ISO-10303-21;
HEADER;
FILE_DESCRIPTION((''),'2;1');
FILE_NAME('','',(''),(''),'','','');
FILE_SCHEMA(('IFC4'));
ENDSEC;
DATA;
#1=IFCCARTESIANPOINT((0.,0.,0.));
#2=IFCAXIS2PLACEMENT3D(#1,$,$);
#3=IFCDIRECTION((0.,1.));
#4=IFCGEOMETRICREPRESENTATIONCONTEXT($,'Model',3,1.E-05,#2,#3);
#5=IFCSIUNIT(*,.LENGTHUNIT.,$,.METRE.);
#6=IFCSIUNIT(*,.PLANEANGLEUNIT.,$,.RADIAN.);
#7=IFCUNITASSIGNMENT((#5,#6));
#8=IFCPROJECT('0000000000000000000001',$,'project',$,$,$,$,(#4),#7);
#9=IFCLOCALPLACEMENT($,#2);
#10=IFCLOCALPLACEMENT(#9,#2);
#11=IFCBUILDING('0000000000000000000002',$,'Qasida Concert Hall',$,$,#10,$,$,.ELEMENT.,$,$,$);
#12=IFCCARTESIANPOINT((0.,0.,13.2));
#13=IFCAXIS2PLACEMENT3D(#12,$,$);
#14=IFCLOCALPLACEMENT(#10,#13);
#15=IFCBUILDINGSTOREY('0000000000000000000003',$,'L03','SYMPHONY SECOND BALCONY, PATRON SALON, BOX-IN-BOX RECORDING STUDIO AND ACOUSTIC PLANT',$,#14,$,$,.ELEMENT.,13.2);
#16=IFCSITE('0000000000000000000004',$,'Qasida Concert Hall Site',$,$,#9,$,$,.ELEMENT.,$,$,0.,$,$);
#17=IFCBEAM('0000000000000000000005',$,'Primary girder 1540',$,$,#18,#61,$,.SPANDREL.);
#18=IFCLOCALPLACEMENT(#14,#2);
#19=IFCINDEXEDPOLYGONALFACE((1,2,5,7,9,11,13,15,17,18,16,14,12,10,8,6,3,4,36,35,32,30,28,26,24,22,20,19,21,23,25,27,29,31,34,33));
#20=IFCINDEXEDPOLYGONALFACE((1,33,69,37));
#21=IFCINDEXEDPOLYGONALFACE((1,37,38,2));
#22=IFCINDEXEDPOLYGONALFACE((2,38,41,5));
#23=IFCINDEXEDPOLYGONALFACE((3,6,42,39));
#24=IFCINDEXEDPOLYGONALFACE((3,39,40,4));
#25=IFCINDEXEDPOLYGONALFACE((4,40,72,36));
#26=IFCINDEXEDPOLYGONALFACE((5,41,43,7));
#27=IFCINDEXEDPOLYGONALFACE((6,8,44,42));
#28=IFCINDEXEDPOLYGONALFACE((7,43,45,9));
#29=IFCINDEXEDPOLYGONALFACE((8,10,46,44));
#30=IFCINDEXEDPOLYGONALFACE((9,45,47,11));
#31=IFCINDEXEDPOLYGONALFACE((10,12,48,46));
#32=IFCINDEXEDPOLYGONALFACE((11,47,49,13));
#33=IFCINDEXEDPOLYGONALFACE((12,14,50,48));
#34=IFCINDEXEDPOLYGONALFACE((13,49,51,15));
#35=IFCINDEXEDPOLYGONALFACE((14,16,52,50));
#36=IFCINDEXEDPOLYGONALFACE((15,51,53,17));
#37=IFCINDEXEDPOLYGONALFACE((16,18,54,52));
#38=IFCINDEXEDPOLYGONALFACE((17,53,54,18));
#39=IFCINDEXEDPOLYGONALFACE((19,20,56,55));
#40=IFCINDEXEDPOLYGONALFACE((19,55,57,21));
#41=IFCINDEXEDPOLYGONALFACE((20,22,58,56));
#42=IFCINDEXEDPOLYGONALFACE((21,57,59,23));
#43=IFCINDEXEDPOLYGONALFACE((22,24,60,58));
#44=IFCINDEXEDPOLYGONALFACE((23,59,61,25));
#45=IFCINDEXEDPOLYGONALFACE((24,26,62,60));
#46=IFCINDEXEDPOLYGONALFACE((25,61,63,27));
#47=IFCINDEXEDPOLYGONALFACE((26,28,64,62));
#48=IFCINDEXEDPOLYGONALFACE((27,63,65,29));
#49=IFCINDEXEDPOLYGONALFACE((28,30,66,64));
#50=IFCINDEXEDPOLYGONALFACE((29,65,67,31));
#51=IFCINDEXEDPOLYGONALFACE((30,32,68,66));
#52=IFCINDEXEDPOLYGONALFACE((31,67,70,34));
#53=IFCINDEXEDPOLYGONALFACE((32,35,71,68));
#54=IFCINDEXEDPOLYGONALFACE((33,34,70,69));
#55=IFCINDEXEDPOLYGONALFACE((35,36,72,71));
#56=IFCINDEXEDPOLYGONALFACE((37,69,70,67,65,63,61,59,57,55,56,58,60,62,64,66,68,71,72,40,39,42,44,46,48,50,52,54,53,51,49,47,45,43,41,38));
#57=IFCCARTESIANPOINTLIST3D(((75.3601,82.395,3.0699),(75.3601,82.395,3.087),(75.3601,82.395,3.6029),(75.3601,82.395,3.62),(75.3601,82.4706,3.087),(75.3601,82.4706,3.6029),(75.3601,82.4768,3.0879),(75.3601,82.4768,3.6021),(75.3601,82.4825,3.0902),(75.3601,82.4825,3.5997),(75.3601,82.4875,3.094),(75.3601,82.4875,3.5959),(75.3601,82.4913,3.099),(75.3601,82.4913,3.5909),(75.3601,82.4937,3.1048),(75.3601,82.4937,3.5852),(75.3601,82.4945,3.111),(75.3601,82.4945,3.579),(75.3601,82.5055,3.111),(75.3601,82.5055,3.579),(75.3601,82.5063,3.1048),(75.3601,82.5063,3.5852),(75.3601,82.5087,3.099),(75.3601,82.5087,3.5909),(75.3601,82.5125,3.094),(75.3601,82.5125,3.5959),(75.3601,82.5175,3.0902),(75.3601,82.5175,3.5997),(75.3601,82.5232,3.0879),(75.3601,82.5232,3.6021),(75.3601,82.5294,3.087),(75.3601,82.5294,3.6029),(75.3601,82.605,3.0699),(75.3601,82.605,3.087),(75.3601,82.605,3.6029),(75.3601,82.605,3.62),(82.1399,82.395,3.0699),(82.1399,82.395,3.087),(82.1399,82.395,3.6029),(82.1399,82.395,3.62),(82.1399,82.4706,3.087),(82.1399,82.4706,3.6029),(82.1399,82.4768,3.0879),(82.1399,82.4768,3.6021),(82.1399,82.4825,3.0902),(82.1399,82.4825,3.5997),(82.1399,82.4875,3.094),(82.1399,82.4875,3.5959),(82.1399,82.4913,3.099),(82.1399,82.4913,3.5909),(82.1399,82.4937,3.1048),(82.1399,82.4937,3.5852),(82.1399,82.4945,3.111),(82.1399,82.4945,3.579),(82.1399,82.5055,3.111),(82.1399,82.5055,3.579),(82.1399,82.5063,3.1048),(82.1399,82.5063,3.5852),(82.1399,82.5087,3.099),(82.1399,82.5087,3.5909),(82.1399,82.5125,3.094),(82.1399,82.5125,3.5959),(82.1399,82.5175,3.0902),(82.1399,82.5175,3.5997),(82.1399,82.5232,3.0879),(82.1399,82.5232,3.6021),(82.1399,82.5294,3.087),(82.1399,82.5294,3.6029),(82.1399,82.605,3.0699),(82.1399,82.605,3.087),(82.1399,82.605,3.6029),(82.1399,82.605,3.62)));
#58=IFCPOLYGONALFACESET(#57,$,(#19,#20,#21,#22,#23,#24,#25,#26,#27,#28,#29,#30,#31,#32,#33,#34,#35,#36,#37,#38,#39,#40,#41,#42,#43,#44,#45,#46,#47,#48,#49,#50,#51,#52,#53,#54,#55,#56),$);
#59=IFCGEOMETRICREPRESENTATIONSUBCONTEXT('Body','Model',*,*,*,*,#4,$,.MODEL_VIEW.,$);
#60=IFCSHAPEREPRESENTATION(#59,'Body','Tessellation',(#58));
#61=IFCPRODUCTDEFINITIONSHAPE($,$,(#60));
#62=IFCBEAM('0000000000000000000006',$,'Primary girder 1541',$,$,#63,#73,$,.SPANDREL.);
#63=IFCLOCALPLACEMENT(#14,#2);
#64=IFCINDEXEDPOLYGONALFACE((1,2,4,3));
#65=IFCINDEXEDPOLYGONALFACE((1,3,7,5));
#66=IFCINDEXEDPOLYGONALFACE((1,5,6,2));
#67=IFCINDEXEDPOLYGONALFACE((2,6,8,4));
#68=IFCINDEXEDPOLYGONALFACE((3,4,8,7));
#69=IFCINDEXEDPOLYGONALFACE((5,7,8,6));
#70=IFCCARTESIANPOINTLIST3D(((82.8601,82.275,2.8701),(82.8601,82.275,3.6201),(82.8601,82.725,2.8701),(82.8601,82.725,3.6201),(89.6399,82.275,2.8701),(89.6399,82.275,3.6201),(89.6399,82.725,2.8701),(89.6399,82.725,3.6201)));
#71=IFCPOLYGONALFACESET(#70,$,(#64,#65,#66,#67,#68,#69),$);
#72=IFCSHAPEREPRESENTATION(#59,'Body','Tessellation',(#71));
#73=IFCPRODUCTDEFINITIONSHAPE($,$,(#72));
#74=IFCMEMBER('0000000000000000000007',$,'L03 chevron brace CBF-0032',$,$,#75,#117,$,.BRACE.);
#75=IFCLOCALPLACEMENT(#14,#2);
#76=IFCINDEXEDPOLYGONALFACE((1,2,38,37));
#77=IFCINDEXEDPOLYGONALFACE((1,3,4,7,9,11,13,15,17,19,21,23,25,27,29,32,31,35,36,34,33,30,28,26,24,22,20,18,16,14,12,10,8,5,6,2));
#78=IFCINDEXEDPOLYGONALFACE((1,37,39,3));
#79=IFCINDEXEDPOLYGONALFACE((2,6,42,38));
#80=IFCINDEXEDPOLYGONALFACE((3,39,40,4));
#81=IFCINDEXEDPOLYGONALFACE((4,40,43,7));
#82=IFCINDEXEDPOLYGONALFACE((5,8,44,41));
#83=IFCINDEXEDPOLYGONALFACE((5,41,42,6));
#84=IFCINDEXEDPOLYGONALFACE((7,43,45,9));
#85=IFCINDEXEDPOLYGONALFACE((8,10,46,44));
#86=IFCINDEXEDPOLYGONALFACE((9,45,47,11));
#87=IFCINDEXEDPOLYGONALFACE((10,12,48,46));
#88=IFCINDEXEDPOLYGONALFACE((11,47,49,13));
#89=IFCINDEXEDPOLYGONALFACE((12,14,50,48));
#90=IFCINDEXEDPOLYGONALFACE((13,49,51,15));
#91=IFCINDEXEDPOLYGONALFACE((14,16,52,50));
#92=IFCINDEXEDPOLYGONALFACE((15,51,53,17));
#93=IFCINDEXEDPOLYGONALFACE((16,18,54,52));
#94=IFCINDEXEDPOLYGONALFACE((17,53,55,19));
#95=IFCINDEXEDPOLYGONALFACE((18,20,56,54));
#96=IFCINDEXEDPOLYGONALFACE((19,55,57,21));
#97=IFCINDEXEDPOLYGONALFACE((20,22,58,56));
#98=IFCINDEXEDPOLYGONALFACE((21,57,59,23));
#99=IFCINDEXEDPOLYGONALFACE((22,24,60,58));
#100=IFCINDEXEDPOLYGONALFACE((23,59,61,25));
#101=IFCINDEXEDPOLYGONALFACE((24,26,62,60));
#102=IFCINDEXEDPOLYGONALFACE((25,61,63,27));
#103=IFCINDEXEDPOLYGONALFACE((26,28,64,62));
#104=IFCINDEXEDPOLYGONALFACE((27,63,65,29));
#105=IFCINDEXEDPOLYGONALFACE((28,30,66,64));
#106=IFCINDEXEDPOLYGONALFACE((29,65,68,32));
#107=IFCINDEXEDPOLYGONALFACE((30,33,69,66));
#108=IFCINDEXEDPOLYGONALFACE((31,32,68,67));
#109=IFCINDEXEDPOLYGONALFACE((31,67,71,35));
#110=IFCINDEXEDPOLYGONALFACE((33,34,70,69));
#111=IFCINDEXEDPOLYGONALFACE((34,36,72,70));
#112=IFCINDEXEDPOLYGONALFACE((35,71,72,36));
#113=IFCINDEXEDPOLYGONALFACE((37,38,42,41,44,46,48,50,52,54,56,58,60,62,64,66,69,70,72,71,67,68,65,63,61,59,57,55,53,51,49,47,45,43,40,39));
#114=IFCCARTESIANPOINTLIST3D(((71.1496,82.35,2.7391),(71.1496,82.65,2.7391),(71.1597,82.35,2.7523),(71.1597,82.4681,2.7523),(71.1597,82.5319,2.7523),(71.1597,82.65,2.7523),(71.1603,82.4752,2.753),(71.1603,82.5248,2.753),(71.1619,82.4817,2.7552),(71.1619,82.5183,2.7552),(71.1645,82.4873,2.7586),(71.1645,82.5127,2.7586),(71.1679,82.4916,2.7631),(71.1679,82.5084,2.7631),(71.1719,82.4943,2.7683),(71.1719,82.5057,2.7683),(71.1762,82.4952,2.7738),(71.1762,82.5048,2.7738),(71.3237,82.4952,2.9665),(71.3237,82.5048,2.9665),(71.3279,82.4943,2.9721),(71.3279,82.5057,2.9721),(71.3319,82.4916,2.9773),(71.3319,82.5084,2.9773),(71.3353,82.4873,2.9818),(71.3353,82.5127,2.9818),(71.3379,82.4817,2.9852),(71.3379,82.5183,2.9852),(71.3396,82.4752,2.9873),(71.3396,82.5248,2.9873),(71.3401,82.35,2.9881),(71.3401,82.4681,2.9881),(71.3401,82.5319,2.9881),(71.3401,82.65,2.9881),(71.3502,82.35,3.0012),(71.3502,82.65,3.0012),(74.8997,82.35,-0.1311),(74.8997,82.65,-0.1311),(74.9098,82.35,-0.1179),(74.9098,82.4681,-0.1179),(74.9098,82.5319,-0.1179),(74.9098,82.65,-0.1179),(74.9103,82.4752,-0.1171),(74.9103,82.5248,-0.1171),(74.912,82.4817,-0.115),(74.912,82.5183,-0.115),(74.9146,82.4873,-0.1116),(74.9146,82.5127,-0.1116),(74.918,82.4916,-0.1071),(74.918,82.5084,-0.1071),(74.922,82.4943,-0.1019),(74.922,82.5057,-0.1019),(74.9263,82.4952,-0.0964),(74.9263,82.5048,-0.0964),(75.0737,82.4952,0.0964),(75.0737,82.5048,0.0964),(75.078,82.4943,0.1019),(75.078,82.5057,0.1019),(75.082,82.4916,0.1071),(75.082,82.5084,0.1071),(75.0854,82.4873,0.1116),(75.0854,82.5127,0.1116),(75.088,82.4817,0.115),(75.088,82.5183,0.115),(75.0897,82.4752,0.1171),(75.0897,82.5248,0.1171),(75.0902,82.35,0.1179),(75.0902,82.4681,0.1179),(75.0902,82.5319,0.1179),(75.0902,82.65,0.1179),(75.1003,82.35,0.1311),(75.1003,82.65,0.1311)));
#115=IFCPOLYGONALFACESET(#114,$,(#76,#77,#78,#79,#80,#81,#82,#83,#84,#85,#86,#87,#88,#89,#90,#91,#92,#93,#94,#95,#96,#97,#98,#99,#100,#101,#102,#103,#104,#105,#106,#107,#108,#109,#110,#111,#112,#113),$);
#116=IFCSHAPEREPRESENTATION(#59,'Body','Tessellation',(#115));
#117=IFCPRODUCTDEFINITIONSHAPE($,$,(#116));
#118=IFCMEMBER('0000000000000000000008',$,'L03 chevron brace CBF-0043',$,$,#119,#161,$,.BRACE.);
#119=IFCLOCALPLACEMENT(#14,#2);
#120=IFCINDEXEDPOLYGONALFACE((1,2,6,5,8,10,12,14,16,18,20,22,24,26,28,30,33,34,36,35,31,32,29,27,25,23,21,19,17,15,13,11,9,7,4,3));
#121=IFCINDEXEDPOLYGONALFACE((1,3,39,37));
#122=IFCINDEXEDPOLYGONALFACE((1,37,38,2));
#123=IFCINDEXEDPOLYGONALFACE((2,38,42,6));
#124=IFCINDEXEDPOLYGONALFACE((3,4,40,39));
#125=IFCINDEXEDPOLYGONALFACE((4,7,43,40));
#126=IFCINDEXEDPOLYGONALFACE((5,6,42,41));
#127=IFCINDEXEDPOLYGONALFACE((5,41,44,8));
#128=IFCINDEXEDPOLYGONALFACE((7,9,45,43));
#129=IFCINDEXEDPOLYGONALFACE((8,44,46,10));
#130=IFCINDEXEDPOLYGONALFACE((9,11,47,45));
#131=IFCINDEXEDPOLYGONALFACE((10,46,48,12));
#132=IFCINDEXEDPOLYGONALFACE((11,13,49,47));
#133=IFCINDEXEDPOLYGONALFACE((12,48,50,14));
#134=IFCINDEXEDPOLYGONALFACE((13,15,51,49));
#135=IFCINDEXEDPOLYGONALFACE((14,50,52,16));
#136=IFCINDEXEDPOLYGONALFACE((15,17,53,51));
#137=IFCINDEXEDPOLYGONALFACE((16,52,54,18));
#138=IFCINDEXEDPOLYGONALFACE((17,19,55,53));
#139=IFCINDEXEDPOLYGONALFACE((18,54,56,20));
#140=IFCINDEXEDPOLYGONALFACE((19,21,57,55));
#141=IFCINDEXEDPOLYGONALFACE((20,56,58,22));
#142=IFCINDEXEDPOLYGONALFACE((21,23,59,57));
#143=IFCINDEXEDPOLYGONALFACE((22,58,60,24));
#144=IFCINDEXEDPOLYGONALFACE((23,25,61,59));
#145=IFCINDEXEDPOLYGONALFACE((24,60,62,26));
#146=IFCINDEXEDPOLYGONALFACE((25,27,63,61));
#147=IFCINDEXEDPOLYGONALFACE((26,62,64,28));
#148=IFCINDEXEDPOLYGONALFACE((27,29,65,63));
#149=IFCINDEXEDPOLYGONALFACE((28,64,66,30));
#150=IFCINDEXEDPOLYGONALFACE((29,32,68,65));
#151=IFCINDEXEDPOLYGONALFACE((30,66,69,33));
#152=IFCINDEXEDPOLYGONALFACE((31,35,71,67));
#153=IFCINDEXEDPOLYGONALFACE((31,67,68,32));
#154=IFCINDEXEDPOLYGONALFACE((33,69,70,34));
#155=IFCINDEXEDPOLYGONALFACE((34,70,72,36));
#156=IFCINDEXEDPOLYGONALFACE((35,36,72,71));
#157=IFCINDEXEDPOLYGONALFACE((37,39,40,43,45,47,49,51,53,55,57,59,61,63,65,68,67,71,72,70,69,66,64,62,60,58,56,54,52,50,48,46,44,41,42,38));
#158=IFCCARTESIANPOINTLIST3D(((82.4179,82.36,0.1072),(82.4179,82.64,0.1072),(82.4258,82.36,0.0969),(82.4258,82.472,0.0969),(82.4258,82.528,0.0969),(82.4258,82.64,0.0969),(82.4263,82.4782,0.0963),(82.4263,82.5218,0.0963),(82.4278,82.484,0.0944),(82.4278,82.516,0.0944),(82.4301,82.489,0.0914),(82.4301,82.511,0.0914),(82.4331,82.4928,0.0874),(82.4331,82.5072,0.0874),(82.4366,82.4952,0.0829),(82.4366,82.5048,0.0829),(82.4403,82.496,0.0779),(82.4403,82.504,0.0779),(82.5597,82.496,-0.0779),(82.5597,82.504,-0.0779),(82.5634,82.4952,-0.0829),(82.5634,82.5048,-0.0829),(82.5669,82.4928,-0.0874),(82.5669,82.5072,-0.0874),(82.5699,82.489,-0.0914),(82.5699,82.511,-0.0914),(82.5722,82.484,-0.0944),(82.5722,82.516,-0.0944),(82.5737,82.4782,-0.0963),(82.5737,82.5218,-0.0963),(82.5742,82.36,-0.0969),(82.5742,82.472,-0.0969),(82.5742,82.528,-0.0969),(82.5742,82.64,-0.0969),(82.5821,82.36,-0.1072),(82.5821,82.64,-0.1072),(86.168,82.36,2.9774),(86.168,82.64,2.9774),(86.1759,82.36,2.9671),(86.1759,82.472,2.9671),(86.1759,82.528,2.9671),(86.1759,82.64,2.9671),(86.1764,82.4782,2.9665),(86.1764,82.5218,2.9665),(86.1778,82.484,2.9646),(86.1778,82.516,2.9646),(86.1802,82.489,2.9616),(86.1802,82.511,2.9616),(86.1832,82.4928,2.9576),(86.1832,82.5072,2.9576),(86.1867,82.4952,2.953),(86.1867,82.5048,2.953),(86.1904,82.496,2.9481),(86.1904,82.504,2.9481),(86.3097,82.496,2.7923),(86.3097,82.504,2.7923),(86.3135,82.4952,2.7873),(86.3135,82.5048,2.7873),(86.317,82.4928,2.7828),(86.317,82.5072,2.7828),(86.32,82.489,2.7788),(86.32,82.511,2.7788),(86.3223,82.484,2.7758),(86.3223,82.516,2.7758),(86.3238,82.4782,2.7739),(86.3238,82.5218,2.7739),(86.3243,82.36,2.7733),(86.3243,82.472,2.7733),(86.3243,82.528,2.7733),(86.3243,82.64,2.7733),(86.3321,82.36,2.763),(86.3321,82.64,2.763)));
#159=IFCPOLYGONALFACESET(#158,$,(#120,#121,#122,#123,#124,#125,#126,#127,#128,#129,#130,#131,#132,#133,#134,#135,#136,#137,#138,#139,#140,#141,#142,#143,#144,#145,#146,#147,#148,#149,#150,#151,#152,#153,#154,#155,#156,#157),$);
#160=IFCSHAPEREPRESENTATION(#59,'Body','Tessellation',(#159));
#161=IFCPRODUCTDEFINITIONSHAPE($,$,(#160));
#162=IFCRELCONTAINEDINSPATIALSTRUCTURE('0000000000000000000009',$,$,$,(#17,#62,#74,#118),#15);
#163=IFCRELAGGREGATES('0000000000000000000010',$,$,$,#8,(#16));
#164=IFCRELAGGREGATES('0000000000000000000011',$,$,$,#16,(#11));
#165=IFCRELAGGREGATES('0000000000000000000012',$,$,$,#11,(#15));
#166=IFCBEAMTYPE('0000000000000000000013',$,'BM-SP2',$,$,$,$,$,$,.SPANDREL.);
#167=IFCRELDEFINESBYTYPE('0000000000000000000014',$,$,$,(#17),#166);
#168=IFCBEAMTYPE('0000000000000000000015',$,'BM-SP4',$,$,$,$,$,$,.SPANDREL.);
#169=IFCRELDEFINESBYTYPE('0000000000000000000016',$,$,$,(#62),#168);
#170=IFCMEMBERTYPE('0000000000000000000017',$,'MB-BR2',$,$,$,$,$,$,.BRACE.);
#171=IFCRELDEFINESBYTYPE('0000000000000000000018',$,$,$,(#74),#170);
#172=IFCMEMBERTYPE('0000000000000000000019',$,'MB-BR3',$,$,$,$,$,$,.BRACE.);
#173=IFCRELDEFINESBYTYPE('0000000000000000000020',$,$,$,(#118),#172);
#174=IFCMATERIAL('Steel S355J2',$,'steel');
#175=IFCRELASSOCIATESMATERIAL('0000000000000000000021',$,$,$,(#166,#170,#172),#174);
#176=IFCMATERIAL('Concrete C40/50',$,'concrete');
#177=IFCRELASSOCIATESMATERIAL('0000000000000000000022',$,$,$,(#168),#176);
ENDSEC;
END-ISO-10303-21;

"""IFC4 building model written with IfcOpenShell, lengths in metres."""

from ifc_helpers import new_model, si_unit, direction, frame, origin, origin_2d, place, context, subcontext, project, spatial, rectangle, i_section, extrude, material, material_profile, profile_set, type_object, element, save


model = new_model("IFC4")

# Units and contexts
model_context = context("Model", 3, precision=1e-05, world=origin(), true_north=direction((0.0, 1.0)))
body_context = subcontext(model_context, "Body", "Model", "MODEL_VIEW")
ifc_project = project(units=[si_unit("LENGTHUNIT", "METRE"), si_unit("PLANEANGLEUNIT", "RADIAN")], contexts=[model_context])

# Site, building, storey
site_placement = place(None, origin())
site = spatial("IfcSite", under=ifc_project, at=site_placement, Name="Qasida Concert Hall Site", CompositionType="ELEMENT", RefElevation=0.0)
building_placement = place(site_placement, origin())
building = spatial("IfcBuilding", under=site, at=building_placement, Name="Qasida Concert Hall", CompositionType="ELEMENT")
storey_placement = place(building_placement, frame((0.0, 0.0, 13.2)))
storey = spatial("IfcBuildingStorey", under=building, at=storey_placement, Name="L03", Description="SYMPHONY SECOND BALCONY, PATRON SALON, BOX-IN-BOX RECORDING STUDIO AND ACOUSTIC PLANT", CompositionType="ELEMENT", Elevation=13.2)

# Beams
ifc_material_1 = material(Name="Concrete C40/50", Category="concrete")
ifc_material_2 = material(Name="Steel S355J2", Category="steel")
ifc_material_profile_1 = material_profile(ifc_material_2, i_section(OverallWidth=0.21, OverallDepth=0.55, WebThickness=0.011, FlangeThickness=0.0171, FilletRadius=0.0239, at=origin_2d()), Name="IPE 550")
ifc_profile_set_1 = profile_set([ifc_material_profile_1], Name="Steel S355J2")
beam_type_1 = type_object("IfcBeamType", Name="BM-SP2", PredefinedType="SPANDREL", material=ifc_profile_set_1)
beam_1_placement = place(storey_placement, frame((75.3601, 82.5, 3.345), z_axis=(1.0, 0.0, 0.0), x_axis=(0.0, 1.0, 0.0)))
element("IfcBeam", 1, at=beam_1_placement, inside=storey, type_object=beam_type_1, Name="Primary girder 1540", PredefinedType="SPANDREL", context=body_context, shape_type="SweptSolid", body=[
    extrude(i_section(OverallWidth=0.21, OverallDepth=0.55, WebThickness=0.011, FlangeThickness=0.0171, FilletRadius=0.0239, at=origin_2d()), origin(), (0.0, 0.0, 1.0), 6.7798),
])
ifc_material_profile_2 = material_profile(ifc_material_1, rectangle(XDim=0.45, YDim=0.75, at=origin_2d()), Name="RC 450x750")
ifc_profile_set_2 = profile_set([ifc_material_profile_2], Name="Concrete C40/50")
beam_type_2 = type_object("IfcBeamType", Name="BM-SP4", PredefinedType="SPANDREL", material=ifc_profile_set_2)
beam_2_placement = place(storey_placement, frame((82.8601, 82.5, 3.2451), z_axis=(1.0, 0.0, 0.0), x_axis=(0.0, 1.0, 0.0)))
element("IfcBeam", 2, at=beam_2_placement, inside=storey, type_object=beam_type_2, Name="Primary girder 1541", PredefinedType="SPANDREL", context=body_context, shape_type="SweptSolid", body=[
    extrude(rectangle(XDim=0.45, YDim=0.75, at=origin_2d()), origin(), (0.0, 0.0, 1.0), 6.7798),
])

# Members
ifc_material_profile_3 = material_profile(ifc_material_2, i_section(OverallWidth=0.3, OverallDepth=0.3301, WebThickness=0.0095, FlangeThickness=0.0166, FilletRadius=0.0271, at=origin_2d()), Name="HEA 340")
ifc_profile_set_3 = profile_set([ifc_material_profile_3], Name="Steel S355J2")
member_type_1 = type_object("IfcMemberType", Name="MB-BR2", PredefinedType="BRACE", material=ifc_profile_set_3)
member_placement = place(storey_placement, frame((75.0, 82.5, 0.0), z_axis=(-0.794105, 0.0, 0.60778), x_axis=(0.0, -1.0, 0.0)))
element("IfcMember", 3, at=member_placement, inside=storey, type_object=member_type_1, Name="L03 chevron brace CBF-0032", PredefinedType="BRACE", context=body_context, shape_type="SweptSolid", body=[
    extrude(i_section(OverallWidth=0.3, OverallDepth=0.3301, WebThickness=0.0095, FlangeThickness=0.0166, FilletRadius=0.0271, at=origin_2d()), origin(), (0.0, 0.0, 1.0), 4.7224),
])
ifc_material_profile_4 = material_profile(ifc_material_2, i_section(OverallWidth=0.28, OverallDepth=0.27, WebThickness=0.0081, FlangeThickness=0.0129, FilletRadius=0.0239, at=origin_2d()), Name="HEA 280")
ifc_profile_set_4 = profile_set([ifc_material_profile_4], Name="Steel S355J2")
member_type_2 = type_object("IfcMemberType", Name="MB-BR3", PredefinedType="BRACE", material=ifc_profile_set_4)
for number, where, z_axis, x_axis, name in (
    (4, (82.5, 82.5, 0.0), (0.794105, 0.0, 0.60778), (0.0, 1.0, 0.0), "L03 chevron brace CBF-0043"),
):
    element("IfcMember", number, at=place(storey_placement, frame(where, z_axis=z_axis, x_axis=x_axis)), inside=storey, type_object=member_type_2, Name=name, PredefinedType="BRACE", context=body_context, shape_type="SweptSolid", body=[
        extrude(i_section(OverallWidth=0.28, OverallDepth=0.27, WebThickness=0.0081, FlangeThickness=0.0129, FilletRadius=0.0239, at=origin_2d()), origin(), (0.0, 0.0, 1.0), 4.7224),
    ])

save(model, "model.ifc")
